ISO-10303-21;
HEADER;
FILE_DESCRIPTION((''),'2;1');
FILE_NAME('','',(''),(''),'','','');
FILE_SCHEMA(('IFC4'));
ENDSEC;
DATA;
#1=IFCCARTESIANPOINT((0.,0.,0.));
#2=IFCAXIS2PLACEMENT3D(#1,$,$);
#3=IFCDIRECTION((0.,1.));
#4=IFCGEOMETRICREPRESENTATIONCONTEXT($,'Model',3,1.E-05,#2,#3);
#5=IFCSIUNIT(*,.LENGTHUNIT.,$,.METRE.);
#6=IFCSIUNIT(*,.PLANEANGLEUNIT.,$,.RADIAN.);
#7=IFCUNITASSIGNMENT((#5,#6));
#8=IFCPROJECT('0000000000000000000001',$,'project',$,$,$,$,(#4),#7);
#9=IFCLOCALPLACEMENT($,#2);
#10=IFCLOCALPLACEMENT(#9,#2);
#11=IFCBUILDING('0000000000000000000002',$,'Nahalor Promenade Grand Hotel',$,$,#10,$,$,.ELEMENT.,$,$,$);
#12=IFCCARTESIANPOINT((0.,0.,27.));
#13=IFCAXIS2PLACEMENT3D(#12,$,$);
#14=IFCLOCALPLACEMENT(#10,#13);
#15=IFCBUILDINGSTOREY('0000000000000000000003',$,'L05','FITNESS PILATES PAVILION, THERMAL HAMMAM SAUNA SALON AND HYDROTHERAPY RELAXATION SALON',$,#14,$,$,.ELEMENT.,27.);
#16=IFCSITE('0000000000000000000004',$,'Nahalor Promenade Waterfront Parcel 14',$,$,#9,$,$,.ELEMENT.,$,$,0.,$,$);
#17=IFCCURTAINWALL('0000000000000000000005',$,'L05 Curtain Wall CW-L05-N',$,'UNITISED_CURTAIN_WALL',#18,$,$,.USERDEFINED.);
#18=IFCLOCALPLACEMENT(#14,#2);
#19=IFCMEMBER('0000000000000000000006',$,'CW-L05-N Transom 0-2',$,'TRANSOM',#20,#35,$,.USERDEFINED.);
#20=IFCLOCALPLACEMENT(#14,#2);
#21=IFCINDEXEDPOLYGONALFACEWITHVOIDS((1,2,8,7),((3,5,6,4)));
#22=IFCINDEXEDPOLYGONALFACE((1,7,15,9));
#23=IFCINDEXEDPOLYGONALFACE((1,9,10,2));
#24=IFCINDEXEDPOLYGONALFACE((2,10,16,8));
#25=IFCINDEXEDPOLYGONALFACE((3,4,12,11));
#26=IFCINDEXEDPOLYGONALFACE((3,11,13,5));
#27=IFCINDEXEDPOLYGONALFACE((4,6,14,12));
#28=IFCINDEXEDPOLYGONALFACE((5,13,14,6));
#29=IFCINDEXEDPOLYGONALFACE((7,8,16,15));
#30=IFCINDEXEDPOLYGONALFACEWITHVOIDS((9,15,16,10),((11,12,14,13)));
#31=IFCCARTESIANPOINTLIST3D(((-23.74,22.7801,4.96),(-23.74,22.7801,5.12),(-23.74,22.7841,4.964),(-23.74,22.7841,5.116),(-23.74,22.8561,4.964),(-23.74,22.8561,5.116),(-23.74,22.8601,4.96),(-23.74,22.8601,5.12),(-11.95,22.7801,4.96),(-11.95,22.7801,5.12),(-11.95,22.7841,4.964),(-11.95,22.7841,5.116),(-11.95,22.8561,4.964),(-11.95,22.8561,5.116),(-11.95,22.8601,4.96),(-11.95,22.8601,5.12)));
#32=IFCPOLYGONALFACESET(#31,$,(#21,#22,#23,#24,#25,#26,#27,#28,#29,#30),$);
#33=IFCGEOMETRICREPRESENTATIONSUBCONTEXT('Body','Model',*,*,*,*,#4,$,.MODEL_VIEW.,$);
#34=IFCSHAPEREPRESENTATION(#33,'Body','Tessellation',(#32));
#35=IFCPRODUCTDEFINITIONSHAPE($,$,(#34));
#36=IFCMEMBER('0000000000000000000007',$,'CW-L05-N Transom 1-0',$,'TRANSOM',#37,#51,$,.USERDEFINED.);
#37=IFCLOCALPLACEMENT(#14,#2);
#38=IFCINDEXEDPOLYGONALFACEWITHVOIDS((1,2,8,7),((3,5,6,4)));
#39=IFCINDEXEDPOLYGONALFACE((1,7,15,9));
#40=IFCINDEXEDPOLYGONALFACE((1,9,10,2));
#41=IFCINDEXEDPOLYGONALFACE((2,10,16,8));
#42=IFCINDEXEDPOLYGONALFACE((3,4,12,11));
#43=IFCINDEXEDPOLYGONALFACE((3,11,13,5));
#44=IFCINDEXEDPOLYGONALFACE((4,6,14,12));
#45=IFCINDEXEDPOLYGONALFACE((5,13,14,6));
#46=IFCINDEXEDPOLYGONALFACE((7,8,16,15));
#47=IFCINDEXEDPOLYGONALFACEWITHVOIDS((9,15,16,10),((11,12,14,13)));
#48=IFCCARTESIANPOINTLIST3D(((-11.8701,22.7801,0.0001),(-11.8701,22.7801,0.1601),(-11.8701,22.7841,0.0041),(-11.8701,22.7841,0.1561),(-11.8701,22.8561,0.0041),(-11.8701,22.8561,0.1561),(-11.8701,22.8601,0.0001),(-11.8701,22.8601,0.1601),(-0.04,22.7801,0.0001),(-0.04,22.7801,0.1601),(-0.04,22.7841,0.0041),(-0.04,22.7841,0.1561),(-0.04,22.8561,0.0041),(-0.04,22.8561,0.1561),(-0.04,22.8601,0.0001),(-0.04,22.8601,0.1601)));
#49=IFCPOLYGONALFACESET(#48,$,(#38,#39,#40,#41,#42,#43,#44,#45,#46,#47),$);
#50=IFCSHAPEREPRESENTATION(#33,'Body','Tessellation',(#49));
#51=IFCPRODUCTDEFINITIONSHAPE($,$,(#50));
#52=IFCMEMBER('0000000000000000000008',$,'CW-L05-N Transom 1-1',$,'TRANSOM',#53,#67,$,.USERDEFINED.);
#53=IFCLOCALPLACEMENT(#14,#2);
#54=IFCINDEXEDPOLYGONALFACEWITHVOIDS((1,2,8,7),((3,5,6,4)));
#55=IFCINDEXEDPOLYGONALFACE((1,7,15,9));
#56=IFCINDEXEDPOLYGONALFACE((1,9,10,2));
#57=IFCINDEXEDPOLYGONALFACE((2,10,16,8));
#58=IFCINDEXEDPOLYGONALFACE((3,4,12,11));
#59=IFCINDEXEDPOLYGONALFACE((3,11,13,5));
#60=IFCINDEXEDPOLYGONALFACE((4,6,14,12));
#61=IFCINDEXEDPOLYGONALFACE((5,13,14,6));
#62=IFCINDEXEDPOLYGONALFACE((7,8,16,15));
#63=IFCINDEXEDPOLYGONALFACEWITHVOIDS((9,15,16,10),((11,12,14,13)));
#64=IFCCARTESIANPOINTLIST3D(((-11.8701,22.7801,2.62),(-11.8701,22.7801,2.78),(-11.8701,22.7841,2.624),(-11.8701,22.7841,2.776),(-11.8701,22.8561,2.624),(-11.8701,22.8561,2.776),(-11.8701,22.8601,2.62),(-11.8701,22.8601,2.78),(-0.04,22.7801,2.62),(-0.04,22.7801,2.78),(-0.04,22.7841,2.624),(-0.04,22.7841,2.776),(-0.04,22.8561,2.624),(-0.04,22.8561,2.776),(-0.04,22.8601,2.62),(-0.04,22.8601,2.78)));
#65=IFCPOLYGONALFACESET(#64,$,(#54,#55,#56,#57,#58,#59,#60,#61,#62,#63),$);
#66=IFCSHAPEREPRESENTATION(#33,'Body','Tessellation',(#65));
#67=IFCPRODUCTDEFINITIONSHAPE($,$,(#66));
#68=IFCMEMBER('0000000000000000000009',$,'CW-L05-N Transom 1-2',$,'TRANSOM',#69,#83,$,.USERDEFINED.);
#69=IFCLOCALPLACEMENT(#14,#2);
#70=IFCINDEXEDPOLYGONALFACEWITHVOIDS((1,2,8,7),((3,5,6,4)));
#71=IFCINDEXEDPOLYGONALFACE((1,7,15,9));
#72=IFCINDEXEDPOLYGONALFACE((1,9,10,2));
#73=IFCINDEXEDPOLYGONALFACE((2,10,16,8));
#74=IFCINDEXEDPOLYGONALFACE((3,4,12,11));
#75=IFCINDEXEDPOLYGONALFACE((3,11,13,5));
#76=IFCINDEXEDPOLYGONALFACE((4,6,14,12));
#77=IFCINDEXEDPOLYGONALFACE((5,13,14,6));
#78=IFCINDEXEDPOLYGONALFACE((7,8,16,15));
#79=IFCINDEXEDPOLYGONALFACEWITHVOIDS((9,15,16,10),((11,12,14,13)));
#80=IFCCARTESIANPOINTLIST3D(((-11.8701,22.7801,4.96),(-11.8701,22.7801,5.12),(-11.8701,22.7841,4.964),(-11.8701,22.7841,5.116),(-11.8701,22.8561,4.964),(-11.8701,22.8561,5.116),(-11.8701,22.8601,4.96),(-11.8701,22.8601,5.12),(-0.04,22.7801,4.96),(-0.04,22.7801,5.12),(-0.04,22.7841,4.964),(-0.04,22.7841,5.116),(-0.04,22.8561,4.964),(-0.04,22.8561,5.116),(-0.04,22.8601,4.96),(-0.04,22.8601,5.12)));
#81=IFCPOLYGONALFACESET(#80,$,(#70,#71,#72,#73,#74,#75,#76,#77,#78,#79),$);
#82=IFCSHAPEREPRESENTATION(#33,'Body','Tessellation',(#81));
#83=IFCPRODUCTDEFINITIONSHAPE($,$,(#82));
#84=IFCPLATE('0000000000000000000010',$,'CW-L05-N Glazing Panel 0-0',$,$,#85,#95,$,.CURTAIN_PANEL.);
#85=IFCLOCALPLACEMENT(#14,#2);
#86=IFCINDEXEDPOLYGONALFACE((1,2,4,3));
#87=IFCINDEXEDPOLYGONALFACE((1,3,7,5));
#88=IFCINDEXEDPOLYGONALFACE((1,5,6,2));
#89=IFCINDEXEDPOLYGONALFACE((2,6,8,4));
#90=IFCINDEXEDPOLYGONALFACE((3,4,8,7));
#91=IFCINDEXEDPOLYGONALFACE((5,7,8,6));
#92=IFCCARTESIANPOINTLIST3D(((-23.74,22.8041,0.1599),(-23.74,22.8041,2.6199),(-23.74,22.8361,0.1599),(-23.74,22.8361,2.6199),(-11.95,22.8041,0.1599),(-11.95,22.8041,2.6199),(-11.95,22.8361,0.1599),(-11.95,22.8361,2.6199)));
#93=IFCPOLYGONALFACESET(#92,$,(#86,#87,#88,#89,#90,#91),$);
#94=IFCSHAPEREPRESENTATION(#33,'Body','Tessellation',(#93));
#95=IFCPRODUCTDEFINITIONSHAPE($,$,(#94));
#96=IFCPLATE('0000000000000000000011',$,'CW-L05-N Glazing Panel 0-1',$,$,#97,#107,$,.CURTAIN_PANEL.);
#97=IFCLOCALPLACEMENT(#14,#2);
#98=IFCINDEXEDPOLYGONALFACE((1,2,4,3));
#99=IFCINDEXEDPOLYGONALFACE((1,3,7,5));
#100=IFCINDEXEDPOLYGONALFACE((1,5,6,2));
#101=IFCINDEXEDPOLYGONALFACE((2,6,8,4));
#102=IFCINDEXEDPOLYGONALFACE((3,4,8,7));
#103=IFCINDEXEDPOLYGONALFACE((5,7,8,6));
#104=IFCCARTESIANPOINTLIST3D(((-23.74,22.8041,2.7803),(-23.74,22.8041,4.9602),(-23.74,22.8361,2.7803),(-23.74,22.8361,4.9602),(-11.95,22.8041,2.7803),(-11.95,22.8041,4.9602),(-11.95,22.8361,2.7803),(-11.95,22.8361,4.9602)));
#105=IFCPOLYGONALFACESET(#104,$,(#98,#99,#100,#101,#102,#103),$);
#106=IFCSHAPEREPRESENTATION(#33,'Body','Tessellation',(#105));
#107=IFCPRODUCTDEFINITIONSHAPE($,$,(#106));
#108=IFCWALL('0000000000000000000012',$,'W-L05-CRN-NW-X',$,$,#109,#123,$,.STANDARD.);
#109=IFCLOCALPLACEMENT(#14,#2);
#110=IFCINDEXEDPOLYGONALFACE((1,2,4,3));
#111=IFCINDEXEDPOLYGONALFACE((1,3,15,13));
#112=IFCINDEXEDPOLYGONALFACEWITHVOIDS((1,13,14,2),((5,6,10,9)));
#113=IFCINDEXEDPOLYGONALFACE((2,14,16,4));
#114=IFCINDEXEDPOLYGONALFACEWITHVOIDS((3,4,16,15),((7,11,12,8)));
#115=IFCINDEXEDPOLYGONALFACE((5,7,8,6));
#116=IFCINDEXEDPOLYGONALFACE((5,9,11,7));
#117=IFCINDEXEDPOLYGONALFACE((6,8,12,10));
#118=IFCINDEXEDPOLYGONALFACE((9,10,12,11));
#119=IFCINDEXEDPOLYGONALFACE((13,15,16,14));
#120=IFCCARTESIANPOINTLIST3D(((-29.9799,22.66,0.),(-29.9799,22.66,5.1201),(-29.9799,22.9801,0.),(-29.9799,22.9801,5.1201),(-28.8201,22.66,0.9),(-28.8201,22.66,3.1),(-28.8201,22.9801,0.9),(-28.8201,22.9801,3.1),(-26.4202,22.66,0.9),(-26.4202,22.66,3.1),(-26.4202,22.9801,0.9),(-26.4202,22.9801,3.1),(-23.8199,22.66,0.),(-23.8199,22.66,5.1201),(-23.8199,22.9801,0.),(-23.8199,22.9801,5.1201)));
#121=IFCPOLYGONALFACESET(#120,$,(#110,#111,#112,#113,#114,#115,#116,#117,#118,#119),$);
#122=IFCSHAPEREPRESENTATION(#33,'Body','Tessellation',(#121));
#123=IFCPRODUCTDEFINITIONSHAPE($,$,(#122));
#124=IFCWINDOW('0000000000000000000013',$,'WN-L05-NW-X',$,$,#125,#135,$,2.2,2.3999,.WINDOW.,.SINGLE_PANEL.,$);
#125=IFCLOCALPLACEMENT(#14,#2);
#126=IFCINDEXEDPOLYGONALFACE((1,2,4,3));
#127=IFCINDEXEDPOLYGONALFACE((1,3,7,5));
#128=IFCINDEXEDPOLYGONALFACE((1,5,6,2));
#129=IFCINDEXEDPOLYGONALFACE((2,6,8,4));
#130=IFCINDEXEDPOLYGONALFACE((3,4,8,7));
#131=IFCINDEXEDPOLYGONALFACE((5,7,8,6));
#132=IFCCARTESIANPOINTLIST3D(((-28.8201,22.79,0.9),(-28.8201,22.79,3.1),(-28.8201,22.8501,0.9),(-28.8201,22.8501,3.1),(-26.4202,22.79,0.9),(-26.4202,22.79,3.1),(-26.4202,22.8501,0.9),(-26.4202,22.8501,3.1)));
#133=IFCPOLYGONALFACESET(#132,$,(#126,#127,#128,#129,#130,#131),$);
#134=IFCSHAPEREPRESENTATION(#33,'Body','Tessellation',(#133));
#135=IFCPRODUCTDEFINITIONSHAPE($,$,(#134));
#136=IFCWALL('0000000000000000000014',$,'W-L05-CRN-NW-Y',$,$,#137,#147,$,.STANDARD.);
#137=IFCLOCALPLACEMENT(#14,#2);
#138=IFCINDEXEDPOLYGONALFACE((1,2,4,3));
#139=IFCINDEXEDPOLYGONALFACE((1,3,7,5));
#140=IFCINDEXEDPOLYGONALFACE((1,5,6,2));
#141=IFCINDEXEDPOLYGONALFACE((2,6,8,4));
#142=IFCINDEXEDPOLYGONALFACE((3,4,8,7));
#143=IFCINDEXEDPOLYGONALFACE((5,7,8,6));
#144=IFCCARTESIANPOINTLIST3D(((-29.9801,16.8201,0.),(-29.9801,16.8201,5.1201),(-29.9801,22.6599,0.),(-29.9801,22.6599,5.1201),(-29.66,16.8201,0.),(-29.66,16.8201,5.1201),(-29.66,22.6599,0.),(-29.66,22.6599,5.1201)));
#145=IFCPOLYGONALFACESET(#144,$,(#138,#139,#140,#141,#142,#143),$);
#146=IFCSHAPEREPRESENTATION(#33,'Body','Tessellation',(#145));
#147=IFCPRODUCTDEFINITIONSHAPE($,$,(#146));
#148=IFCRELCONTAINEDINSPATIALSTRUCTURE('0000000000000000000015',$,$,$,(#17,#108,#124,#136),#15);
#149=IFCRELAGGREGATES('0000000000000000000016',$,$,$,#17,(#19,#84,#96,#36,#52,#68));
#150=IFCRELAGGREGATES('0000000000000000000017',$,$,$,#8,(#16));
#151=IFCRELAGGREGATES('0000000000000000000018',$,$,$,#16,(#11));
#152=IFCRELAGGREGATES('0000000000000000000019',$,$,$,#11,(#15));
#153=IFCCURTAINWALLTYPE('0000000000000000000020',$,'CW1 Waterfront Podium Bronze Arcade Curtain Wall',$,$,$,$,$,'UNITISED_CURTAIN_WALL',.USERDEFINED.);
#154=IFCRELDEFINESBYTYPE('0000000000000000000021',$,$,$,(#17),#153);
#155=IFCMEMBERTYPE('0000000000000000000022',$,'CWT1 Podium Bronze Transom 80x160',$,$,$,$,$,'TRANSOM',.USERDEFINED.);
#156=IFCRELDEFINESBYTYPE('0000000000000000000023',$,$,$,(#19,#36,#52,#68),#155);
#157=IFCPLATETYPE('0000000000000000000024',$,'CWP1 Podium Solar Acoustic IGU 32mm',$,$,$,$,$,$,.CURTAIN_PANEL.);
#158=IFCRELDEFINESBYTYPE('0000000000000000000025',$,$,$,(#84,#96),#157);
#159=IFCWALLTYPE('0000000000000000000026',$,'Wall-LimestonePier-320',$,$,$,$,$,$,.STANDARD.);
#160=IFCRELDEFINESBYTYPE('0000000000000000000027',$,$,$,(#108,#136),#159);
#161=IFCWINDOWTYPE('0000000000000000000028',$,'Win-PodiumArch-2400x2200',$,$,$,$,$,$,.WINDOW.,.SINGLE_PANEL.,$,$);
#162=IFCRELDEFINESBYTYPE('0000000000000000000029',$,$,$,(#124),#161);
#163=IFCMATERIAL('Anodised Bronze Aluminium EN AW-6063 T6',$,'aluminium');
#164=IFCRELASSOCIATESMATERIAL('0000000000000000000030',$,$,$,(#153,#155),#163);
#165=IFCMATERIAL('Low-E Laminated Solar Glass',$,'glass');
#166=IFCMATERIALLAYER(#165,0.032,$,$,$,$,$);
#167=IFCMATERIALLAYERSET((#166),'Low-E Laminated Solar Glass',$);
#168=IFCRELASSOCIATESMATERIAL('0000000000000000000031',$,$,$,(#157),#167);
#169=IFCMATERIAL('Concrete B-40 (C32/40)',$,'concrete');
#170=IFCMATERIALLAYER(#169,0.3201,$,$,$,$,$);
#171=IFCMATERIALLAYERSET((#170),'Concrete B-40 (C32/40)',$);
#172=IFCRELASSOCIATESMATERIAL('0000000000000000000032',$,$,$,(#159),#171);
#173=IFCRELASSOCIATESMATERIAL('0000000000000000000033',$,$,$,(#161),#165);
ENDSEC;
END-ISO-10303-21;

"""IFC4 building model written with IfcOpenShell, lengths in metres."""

from ifc_helpers import new_model, si_unit, direction, frame, frame_2d, origin, origin_2d, place, context, subcontext, project, spatial, rectangle, hollow_rectangle, extrude, source, transform, mapped, material, layer, layer_set, material_profile, profile_set, type_object, element, fill, aggregate, save


model = new_model("IFC4")

# Units and contexts
model_context = context("Model", 3, precision=1e-05, world=origin(), true_north=direction((0.0, 1.0)))
body_context = subcontext(model_context, "Body", "Model", "MODEL_VIEW")
ifc_project = project(units=[si_unit("LENGTHUNIT", "METRE"), si_unit("PLANEANGLEUNIT", "RADIAN")], contexts=[model_context])

# Site, building, storey
site_placement = place(None, origin())
site = spatial("IfcSite", under=ifc_project, at=site_placement, Name="Nahalor Promenade Waterfront Parcel 14", CompositionType="ELEMENT", RefElevation=0.0)
building_placement = place(site_placement, origin())
building = spatial("IfcBuilding", under=site, at=building_placement, Name="Nahalor Promenade Grand Hotel", CompositionType="ELEMENT")
storey_placement = place(building_placement, frame((0.0, 0.0, 27.0)))
storey = spatial("IfcBuildingStorey", under=building, at=storey_placement, Name="L05", Description="FITNESS PILATES PAVILION, THERMAL HAMMAM SAUNA SALON AND HYDROTHERAPY RELAXATION SALON", CompositionType="ELEMENT", Elevation=27.0)

# Curtain wall, members, plates
ifc_material_1 = material(Name="Anodised Bronze Aluminium EN AW-6063 T6", Category="aluminium")
curtain_wall_type = type_object("IfcCurtainWallType", Name="CW1 Waterfront Podium Bronze Arcade Curtain Wall", ElementType="UNITISED_CURTAIN_WALL", PredefinedType="USERDEFINED", material=ifc_material_1)
curtain_wall_placement = place(storey_placement, origin())
curtain_wall = element("IfcCurtainWall", 1, at=curtain_wall_placement, inside=storey, type_object=curtain_wall_type, Name="L05 Curtain Wall CW-L05-N", ObjectType="UNITISED_CURTAIN_WALL", PredefinedType="USERDEFINED")
ifc_material_profile_1 = material_profile(ifc_material_1, hollow_rectangle(XDim=0.08, YDim=0.16, WallThickness=0.004, at=origin_2d()), Name="CWT 80x160x4")
ifc_profile_set_1 = profile_set([ifc_material_profile_1], Name="Anodised Bronze Aluminium EN AW-6063 T6")
member_type_1 = type_object("IfcMemberType", Name="CWT1 Podium Bronze Transom 80x160", ElementType="TRANSOM", PredefinedType="USERDEFINED", material=ifc_profile_set_1)
shared_shape_1 = source(origin(), body_context, "Body", "SweptSolid", [
    extrude(hollow_rectangle(XDim=0.08, YDim=0.16, WallThickness=0.004, at=origin_2d()), origin(), (0.0, 0.0, 1.0), 11.79),
])
member_1_placement = place(storey_placement, frame((-23.74, 22.8201, 5.04), z_axis=(1.0, 0.0, 0.0), x_axis=(0.0, 1.0, 0.0)))
member_1 = element("IfcMember", 2, at=member_1_placement, type_object=member_type_1, Name="CW-L05-N Transom 0-2", ObjectType="TRANSOM", PredefinedType="USERDEFINED", context=body_context, shape_type="MappedRepresentation", body=[
    mapped(shared_shape_1, transform((0.0, 0.0, 0.0), scale=1.0)),
])
shared_shape_2 = source(origin(), body_context, "Body", "SweptSolid", [
    extrude(hollow_rectangle(XDim=0.08, YDim=0.16, WallThickness=0.004, at=origin_2d()), origin(), (0.0, 0.0, 1.0), 11.8301),
])
member_2_placement = place(storey_placement, frame((-11.8701, 22.8201, 0.0801), z_axis=(1.0, 0.0, 0.0), x_axis=(0.0, 1.0, 0.0)))
member_2 = element("IfcMember", 3, at=member_2_placement, type_object=member_type_1, Name="CW-L05-N Transom 1-0", ObjectType="TRANSOM", PredefinedType="USERDEFINED", context=body_context, shape_type="MappedRepresentation", body=[
    mapped(shared_shape_2, transform((0.0, 0.0, 0.0), scale=1.0)),
])
member_3_placement = place(storey_placement, frame((-11.8701, 22.8201, 2.7), z_axis=(1.0, 0.0, 0.0), x_axis=(0.0, 1.0, 0.0)))
member_3 = element("IfcMember", 4, at=member_3_placement, type_object=member_type_1, Name="CW-L05-N Transom 1-1", ObjectType="TRANSOM", PredefinedType="USERDEFINED", context=body_context, shape_type="MappedRepresentation", body=[
    mapped(shared_shape_2, transform((0.0, 0.0, 0.0), scale=1.0)),
])
member_4_placement = place(storey_placement, frame((-11.8701, 22.8201, 5.04), z_axis=(1.0, 0.0, 0.0), x_axis=(0.0, 1.0, 0.0)))
member_4 = element("IfcMember", 5, at=member_4_placement, type_object=member_type_1, Name="CW-L05-N Transom 1-2", ObjectType="TRANSOM", PredefinedType="USERDEFINED", context=body_context, shape_type="MappedRepresentation", body=[
    mapped(shared_shape_2, transform((0.0, 0.0, 0.0), scale=1.0)),
])
ifc_material_2 = material(Name="Low-E Laminated Solar Glass", Category="glass")
ifc_layer_1 = layer(ifc_material_2, 0.032)
ifc_layer_set_1 = layer_set([ifc_layer_1], Name="Low-E Laminated Solar Glass")
plate_type = type_object("IfcPlateType", Name="CWP1 Podium Solar Acoustic IGU 32mm", PredefinedType="CURTAIN_PANEL", material=ifc_layer_set_1)
shared_shape_3 = source(origin(), body_context, "Body", "SweptSolid", [
    extrude(rectangle(XDim=11.79, YDim=0.032, at=origin_2d()), origin(), (0.0, 0.0, 1.0), 2.46),
])
plate_1_placement = place(storey_placement, frame((-17.845, 22.8201, 0.1599), z_axis=(0.0, 0.0, 1.0), x_axis=(1.0, 0.0, 0.0)))
plate_1 = element("IfcPlate", 6, at=plate_1_placement, type_object=plate_type, Name="CW-L05-N Glazing Panel 0-0", PredefinedType="CURTAIN_PANEL", context=body_context, shape_type="MappedRepresentation", body=[
    mapped(shared_shape_3, transform((0.0, 0.0, 0.0), scale=1.0)),
])
shared_shape_4 = source(origin(), body_context, "Body", "SweptSolid", [
    extrude(rectangle(XDim=11.79, YDim=0.032, at=origin_2d()), origin(), (0.0, 0.0, 1.0), 2.1799),
])
plate_2_placement = place(storey_placement, frame((-17.845, 22.8201, 2.7803), z_axis=(0.0, 0.0, 1.0), x_axis=(1.0, 0.0, 0.0)))
plate_2 = element("IfcPlate", 7, at=plate_2_placement, type_object=plate_type, Name="CW-L05-N Glazing Panel 0-1", PredefinedType="CURTAIN_PANEL", context=body_context, shape_type="MappedRepresentation", body=[
    mapped(shared_shape_4, transform((0.0, 0.0, 0.0), scale=1.0)),
])
aggregate(curtain_wall, [member_1, plate_1, plate_2, member_2, member_3, member_4])

# Wall, opening, window
ifc_material_3 = material(Name="Concrete B-40 (C32/40)", Category="concrete")
ifc_layer_2 = layer(ifc_material_3, 0.3201)
ifc_layer_set_2 = layer_set([ifc_layer_2], Name="Concrete B-40 (C32/40)")
wall_type = type_object("IfcWallType", Name="Wall-LimestonePier-320", PredefinedType="STANDARD", material=ifc_layer_set_2)
shared_shape_5 = source(origin(), body_context, "Body", "SweptSolid", [
    extrude(rectangle(XDim=6.1599, YDim=0.3201, at=frame_2d((3.0801, 0.0))), origin(), (0.0, 0.0, 1.0), 5.1201),
])
wall_1_placement = place(storey_placement, frame((-29.98, 22.8201, 0.0), z_axis=(0.0, 0.0, 1.0), x_axis=(1.0, 0.0, 0.0)))
wall_1 = element("IfcWall", 8, at=wall_1_placement, inside=storey, type_object=wall_type, Name="W-L05-CRN-NW-X", PredefinedType="STANDARD", context=body_context, shape_type="MappedRepresentation", body=[
    mapped(shared_shape_5, transform((0.0, 0.0, 0.0), scale=1.0)),
])
opening_placement = place(wall_1_placement, frame((1.1599, 0.0, 0.8999)))
opening = element("IfcOpeningElement", 9, at=opening_placement, cuts=wall_1, PredefinedType="OPENING", context=body_context, shape_type="SweptSolid", body=[
    extrude(rectangle(XDim=2.3999, YDim=2.2, at=frame_2d((1.2, 1.1001))), frame((0.0, 0.1699, 0.0), z_axis=(0.0, -1.0, 0.0), x_axis=(1.0, 0.0, 0.0)), (0.0, 0.0, 1.0), 0.3401),
])
window_type = type_object("IfcWindowType", Name="Win-PodiumArch-2400x2200", PartitioningType="SINGLE_PANEL", PredefinedType="WINDOW", material=ifc_material_2)
shared_shape_6 = source(origin(), body_context, "Body", "SweptSolid", [
    extrude(rectangle(XDim=2.3999, YDim=2.2, at=frame_2d((1.2, 1.1001))), frame((0.0, 0.03, 0.0), z_axis=(0.0, -1.0, 0.0), x_axis=(1.0, 0.0, 0.0)), (0.0, 0.0, 1.0), 0.0601),
])
window_placement = place(opening_placement, origin())
window = element("IfcWindow", 10, at=window_placement, inside=storey, type_object=window_type, Name="WN-L05-NW-X", OverallHeight=2.2, OverallWidth=2.3999, PartitioningType="SINGLE_PANEL", PredefinedType="WINDOW", context=body_context, shape_type="MappedRepresentation", body=[
    mapped(shared_shape_6, transform((0.0, 0.0, 0.0), scale=1.0)),
])
fill(opening, window)

# Wall
shared_shape_7 = source(origin(), body_context, "Body", "SweptSolid", [
    extrude(rectangle(XDim=5.8398, YDim=0.3201, at=frame_2d((2.9199, 0.0))), origin(), (0.0, 0.0, 1.0), 5.1201),
])
wall_2_placement = place(storey_placement, frame((-29.8201, 16.8201, 0.0), z_axis=(0.0, 0.0, 1.0), x_axis=(0.0, 1.0, 0.0)))
element("IfcWall", 11, at=wall_2_placement, inside=storey, type_object=wall_type, Name="W-L05-CRN-NW-Y", PredefinedType="STANDARD", context=body_context, shape_type="MappedRepresentation", body=[
    mapped(shared_shape_7, transform((0.0, 0.0, 0.0), scale=1.0)),
])

save(model, "model.ifc")
